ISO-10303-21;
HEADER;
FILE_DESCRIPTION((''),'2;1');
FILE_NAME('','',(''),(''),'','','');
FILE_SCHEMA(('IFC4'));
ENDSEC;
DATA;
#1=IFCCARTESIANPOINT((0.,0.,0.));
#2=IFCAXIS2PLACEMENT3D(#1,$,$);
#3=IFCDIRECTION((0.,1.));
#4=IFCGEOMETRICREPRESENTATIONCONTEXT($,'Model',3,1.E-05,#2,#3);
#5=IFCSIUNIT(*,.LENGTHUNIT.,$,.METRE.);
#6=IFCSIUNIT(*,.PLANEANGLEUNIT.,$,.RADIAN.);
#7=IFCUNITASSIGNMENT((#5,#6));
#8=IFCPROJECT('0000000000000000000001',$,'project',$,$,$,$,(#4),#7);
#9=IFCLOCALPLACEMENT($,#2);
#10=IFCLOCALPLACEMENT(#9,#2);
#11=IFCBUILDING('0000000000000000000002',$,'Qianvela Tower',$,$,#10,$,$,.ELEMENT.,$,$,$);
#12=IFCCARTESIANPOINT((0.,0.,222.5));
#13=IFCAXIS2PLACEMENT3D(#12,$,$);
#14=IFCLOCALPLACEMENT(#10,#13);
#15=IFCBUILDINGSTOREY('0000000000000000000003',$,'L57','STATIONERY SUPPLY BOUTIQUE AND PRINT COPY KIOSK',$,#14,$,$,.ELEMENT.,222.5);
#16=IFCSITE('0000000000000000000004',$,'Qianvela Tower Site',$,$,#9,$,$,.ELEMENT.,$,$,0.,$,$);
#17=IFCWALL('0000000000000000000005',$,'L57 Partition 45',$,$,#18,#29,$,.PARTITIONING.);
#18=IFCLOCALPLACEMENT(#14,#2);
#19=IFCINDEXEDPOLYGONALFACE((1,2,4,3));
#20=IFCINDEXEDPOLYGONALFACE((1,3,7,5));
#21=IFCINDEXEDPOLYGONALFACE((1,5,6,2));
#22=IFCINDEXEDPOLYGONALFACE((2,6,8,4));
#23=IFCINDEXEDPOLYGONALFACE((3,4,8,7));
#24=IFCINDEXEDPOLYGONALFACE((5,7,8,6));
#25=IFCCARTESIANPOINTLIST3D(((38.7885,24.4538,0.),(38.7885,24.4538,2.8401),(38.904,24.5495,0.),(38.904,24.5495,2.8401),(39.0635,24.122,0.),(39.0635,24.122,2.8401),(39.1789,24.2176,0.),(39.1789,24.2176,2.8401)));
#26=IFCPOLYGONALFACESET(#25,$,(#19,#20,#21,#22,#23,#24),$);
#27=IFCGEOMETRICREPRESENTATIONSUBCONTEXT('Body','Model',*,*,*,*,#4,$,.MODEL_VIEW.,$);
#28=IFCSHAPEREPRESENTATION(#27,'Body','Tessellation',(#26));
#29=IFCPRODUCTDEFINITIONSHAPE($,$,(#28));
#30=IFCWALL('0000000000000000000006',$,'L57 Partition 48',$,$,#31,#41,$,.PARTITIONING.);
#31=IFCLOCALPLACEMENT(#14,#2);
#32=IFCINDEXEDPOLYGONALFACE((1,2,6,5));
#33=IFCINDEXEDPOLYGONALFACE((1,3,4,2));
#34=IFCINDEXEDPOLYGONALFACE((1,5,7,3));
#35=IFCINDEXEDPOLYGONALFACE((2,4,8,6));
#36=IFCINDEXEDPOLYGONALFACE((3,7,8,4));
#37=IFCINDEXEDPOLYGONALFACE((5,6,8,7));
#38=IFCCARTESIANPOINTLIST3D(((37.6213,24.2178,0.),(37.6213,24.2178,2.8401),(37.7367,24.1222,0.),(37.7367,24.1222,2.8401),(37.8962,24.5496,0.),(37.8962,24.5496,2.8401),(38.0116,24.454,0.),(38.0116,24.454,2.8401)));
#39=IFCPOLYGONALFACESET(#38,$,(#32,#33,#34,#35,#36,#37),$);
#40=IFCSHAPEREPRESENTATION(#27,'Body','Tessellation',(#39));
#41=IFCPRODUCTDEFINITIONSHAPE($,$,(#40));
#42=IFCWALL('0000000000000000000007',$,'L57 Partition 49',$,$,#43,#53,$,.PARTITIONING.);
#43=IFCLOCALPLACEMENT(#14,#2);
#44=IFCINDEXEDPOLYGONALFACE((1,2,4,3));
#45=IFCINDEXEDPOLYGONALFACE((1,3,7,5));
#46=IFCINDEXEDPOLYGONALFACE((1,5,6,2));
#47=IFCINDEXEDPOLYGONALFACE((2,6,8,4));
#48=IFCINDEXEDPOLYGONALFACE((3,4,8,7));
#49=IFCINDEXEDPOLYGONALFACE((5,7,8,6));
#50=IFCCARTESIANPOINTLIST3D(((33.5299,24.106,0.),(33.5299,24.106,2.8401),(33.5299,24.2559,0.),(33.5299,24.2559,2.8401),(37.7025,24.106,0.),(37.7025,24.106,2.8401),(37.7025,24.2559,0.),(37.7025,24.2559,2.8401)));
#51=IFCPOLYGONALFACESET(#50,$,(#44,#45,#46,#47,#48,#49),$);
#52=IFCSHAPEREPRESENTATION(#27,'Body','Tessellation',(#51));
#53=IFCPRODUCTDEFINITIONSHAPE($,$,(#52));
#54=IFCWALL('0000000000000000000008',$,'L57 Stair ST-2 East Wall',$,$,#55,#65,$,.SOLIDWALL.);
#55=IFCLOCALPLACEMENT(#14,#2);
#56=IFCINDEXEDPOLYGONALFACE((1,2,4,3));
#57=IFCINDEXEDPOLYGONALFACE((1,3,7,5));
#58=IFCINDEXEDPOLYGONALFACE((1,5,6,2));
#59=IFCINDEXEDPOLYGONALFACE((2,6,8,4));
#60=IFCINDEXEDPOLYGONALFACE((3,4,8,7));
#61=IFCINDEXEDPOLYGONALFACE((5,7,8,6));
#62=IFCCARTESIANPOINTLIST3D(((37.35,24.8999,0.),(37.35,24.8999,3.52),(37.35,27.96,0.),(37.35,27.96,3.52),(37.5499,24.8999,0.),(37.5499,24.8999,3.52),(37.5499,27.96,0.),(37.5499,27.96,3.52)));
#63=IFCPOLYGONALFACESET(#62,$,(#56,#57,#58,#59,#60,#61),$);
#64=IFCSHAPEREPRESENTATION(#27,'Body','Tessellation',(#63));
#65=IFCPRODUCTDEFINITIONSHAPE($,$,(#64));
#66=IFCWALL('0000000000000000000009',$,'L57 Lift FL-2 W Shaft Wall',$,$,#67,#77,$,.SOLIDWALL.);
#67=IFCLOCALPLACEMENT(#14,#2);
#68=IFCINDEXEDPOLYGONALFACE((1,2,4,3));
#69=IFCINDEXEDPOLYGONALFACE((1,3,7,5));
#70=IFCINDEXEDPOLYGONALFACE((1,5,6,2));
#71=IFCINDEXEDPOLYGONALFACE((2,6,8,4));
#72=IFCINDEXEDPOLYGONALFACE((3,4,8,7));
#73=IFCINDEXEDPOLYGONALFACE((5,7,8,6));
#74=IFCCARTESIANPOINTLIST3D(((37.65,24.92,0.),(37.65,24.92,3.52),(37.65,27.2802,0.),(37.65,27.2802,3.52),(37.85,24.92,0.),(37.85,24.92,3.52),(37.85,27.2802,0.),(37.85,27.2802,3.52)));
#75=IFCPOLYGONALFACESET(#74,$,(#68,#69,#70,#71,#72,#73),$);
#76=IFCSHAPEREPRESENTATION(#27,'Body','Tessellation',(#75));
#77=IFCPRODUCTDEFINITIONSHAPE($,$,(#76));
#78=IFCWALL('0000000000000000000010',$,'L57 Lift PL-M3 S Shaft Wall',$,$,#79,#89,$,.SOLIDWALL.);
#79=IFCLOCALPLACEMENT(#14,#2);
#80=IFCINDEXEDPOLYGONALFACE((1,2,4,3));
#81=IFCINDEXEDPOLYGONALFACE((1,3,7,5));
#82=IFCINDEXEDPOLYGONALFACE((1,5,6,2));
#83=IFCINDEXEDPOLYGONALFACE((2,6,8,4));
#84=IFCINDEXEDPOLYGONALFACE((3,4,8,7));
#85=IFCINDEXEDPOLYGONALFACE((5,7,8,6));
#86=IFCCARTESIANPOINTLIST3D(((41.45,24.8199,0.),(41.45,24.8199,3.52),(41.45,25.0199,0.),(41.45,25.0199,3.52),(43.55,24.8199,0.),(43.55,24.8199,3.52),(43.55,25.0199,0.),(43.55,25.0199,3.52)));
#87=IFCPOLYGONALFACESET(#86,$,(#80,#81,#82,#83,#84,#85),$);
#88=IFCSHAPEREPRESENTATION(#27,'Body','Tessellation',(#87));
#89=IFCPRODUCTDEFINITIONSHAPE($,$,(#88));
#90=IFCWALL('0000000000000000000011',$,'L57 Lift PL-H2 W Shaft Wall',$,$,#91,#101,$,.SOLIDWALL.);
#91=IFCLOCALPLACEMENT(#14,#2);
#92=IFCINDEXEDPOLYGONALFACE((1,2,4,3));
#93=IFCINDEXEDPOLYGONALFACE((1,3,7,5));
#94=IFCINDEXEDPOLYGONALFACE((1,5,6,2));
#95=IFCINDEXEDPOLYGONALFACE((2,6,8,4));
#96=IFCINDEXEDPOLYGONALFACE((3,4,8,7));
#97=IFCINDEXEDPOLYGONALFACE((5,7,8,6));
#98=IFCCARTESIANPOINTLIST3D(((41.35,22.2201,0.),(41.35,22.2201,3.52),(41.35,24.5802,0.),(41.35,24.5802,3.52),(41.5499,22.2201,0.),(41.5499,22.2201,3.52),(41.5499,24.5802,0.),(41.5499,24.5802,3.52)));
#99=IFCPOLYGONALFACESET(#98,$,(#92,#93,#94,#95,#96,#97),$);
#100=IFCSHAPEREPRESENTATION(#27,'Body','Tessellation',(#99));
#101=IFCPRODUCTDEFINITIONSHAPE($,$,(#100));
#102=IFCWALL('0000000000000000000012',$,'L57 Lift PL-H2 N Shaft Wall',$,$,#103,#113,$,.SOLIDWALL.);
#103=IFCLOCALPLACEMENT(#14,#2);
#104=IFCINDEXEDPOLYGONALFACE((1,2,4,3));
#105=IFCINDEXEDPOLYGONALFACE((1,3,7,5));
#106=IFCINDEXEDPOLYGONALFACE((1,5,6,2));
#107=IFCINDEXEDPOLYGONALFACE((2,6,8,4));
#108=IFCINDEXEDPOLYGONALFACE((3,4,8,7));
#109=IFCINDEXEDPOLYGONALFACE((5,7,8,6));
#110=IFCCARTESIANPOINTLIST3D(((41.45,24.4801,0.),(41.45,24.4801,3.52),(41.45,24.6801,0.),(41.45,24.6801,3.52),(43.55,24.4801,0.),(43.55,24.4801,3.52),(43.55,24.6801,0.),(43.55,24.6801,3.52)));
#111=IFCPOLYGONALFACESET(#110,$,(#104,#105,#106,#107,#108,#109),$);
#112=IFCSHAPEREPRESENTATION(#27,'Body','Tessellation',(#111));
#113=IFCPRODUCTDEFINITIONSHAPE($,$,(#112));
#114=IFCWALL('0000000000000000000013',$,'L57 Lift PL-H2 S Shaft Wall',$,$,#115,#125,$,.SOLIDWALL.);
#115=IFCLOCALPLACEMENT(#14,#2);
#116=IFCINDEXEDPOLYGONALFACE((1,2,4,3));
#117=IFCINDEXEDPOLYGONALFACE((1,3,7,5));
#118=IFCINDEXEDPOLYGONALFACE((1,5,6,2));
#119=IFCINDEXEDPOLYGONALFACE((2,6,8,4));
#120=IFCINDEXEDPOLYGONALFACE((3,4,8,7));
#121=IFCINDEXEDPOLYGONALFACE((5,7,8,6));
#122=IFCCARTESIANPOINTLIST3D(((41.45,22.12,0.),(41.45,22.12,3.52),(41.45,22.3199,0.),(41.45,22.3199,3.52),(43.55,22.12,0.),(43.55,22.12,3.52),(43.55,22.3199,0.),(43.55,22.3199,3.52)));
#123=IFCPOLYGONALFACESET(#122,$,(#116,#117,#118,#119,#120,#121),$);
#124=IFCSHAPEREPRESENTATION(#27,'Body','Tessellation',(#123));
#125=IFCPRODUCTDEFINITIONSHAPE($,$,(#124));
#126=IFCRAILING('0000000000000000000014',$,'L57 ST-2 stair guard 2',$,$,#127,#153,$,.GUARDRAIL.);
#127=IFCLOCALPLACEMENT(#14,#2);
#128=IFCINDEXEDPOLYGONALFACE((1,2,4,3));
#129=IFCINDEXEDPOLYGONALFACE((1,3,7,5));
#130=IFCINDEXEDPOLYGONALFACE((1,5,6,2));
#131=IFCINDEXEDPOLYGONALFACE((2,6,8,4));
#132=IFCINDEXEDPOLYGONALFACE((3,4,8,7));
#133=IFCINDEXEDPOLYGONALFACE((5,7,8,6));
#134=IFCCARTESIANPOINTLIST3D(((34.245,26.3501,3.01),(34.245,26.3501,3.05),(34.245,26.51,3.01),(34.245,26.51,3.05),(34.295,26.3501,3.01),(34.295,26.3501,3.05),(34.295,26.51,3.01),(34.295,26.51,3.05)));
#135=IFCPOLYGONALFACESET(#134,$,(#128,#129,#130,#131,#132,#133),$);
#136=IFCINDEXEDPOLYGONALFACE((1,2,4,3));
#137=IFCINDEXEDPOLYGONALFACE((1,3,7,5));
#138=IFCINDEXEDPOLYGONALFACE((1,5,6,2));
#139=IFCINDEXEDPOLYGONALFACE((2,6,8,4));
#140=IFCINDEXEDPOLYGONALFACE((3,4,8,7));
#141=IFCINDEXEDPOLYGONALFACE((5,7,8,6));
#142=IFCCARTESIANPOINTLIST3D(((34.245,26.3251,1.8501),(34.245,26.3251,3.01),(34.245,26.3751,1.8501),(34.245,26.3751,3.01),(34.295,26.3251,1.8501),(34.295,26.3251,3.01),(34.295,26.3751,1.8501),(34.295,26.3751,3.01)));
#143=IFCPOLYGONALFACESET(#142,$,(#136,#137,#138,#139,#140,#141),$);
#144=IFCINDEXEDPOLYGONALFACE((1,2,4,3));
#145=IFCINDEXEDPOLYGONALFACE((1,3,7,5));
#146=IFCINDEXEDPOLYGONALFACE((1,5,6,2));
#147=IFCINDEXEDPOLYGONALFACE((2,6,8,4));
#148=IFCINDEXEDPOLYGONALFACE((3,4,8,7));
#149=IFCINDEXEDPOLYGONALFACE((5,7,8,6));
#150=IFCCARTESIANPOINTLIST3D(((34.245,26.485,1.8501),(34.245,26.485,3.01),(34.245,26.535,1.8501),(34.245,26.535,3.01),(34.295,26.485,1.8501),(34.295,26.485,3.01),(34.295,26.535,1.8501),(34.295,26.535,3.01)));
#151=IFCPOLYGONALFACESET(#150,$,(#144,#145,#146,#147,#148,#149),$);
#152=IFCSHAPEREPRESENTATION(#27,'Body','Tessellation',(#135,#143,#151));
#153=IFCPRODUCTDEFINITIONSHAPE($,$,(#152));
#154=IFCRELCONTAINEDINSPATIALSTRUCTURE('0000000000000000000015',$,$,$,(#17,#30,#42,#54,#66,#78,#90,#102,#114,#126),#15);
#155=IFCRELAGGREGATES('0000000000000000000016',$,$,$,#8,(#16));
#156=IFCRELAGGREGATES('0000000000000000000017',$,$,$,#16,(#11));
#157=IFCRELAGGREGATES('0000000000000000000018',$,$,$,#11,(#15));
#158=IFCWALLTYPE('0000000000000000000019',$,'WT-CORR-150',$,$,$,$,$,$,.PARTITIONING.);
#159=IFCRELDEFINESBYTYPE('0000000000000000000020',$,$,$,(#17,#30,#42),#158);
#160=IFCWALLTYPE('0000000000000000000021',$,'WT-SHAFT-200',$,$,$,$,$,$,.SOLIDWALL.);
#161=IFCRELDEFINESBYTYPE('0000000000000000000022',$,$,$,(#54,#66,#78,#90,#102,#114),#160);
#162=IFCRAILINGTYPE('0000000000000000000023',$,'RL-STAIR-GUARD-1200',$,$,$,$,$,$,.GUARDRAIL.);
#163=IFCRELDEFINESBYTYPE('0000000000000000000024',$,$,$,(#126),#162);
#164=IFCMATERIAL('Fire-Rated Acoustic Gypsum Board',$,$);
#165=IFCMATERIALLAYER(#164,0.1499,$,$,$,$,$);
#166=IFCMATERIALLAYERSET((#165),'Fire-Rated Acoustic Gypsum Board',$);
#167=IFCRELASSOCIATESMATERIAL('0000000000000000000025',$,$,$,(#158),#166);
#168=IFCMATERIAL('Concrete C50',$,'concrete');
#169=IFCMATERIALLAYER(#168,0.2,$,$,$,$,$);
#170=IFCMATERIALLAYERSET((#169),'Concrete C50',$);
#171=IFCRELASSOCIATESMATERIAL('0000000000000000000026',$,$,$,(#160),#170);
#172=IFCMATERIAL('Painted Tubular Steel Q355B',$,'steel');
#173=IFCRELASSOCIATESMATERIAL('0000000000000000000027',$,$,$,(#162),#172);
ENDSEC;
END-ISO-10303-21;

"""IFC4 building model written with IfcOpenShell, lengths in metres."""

from ifc_helpers import new_model, si_unit, direction, frame, frame_2d, origin, origin_2d, place, context, subcontext, project, spatial, rectangle, extrude, material, layer, layer_set, type_object, element, save


model = new_model("IFC4")

# Units and contexts
model_context = context("Model", 3, precision=1e-05, world=origin(), true_north=direction((0.0, 1.0)))
body_context = subcontext(model_context, "Body", "Model", "MODEL_VIEW")
ifc_project = project(units=[si_unit("LENGTHUNIT", "METRE"), si_unit("PLANEANGLEUNIT", "RADIAN")], contexts=[model_context])

# Site, building, storey
site_placement = place(None, origin())
site = spatial("IfcSite", under=ifc_project, at=site_placement, Name="Qianvela Tower Site", CompositionType="ELEMENT", RefElevation=0.0)
building_placement = place(site_placement, origin())
building = spatial("IfcBuilding", under=site, at=building_placement, Name="Qianvela Tower", CompositionType="ELEMENT")
storey_placement = place(building_placement, frame((0.0, 0.0, 222.5)))
storey = spatial("IfcBuildingStorey", under=building, at=storey_placement, Name="L57", Description="STATIONERY SUPPLY BOUTIQUE AND PRINT COPY KIOSK", CompositionType="ELEMENT", Elevation=222.5)

# Walls
ifc_material_1 = material(Name="Fire-Rated Acoustic Gypsum Board")
ifc_layer_1 = layer(ifc_material_1, 0.1499)
ifc_layer_set_1 = layer_set([ifc_layer_1], Name="Fire-Rated Acoustic Gypsum Board")
wall_type_1 = type_object("IfcWallType", Name="WT-CORR-150", PredefinedType="PARTITIONING", material=ifc_layer_set_1)
for number, where, z_axis, x_axis, name in (
    (1, (39.1211, 24.1699, 0.0), (0.0, 0.0, 1.0), (-0.638008, 0.77003, 0.0), "L57 Partition 45"),
    (2, (37.9539, 24.5017, 0.0), (0.0, 0.0, 1.0), (-0.638008, -0.77003, 0.0), "L57 Partition 48"),
):
    element("IfcWall", number, at=place(storey_placement, frame(where, z_axis=z_axis, x_axis=x_axis)), inside=storey, type_object=wall_type_1, Name=name, PredefinedType="PARTITIONING", context=body_context, shape_type="SweptSolid", body=[
        extrude(rectangle(XDim=0.4309, YDim=0.1499, at=frame_2d((0.2153, 0.0))), origin(), (0.0, 0.0, 1.0), 2.8401),
    ])
wall_1_placement = place(storey_placement, frame((37.7026, 24.1809, 0.0), z_axis=(0.0, 0.0, 1.0), x_axis=(-1.0, 0.0, 0.0)))
element("IfcWall", 3, at=wall_1_placement, inside=storey, type_object=wall_type_1, Name="L57 Partition 49", PredefinedType="PARTITIONING", context=body_context, shape_type="SweptSolid", body=[
    extrude(rectangle(XDim=4.1726, YDim=0.1499, at=frame_2d((2.0864, 0.0))), origin(), (0.0, 0.0, 1.0), 2.8401),
])
ifc_material_2 = material(Name="Concrete C50", Category="concrete")
ifc_layer_2 = layer(ifc_material_2, 0.2)
ifc_layer_set_2 = layer_set([ifc_layer_2], Name="Concrete C50")
wall_type_2 = type_object("IfcWallType", Name="WT-SHAFT-200", PredefinedType="SOLIDWALL", material=ifc_layer_set_2)
wall_2_placement = place(storey_placement, frame((37.45, 24.8999, 0.0), z_axis=(0.0, 0.0, 1.0), x_axis=(0.0, 1.0, 0.0)))
element("IfcWall", 4, at=wall_2_placement, inside=storey, type_object=wall_type_2, Name="L57 Stair ST-2 East Wall", PredefinedType="SOLIDWALL", context=body_context, shape_type="SweptSolid", body=[
    extrude(rectangle(XDim=3.0601, YDim=0.2, at=frame_2d((1.53, 0.0))), origin(), (0.0, 0.0, 1.0), 3.52),
])

# Wall
wall_3_placement = place(storey_placement, frame((37.75, 24.9199, 0.0), z_axis=(0.0, 0.0, 1.0), x_axis=(0.0, 1.0, 0.0)))
element("IfcWall", 5, at=wall_3_placement, inside=storey, type_object=wall_type_2, Name="L57 Lift FL-2 W Shaft Wall", PredefinedType="SOLIDWALL", context=body_context, shape_type="SweptSolid", body=[
    extrude(rectangle(XDim=2.3601, YDim=0.2, at=frame_2d((1.1802, 0.0))), origin(), (0.0, 0.0, 1.0), 3.52),
])

# Walls
wall_4_placement = place(storey_placement, frame((41.45, 24.9199, 0.0), z_axis=(0.0, 0.0, 1.0), x_axis=(1.0, 0.0, 0.0)))
element("IfcWall", 6, at=wall_4_placement, inside=storey, type_object=wall_type_2, Name="L57 Lift PL-M3 S Shaft Wall", PredefinedType="SOLIDWALL", context=body_context, shape_type="SweptSolid", body=[
    extrude(rectangle(XDim=2.1001, YDim=0.2, at=frame_2d((1.05, 0.0))), origin(), (0.0, 0.0, 1.0), 3.52),
])
wall_5_placement = place(storey_placement, frame((41.45, 22.22, 0.0), z_axis=(0.0, 0.0, 1.0), x_axis=(0.0, 1.0, 0.0)))
element("IfcWall", 7, at=wall_5_placement, inside=storey, type_object=wall_type_2, Name="L57 Lift PL-H2 W Shaft Wall", PredefinedType="SOLIDWALL", context=body_context, shape_type="SweptSolid", body=[
    extrude(rectangle(XDim=2.3601, YDim=0.2, at=frame_2d((1.1802, 0.0))), origin(), (0.0, 0.0, 1.0), 3.52),
])
for number, where, z_axis, x_axis, name in (
    (8, (41.45, 24.5801, 0.0), (0.0, 0.0, 1.0), (1.0, 0.0, 0.0), "L57 Lift PL-H2 N Shaft Wall"),
    (9, (41.45, 22.22, 0.0), (0.0, 0.0, 1.0), (1.0, 0.0, 0.0), "L57 Lift PL-H2 S Shaft Wall"),
):
    element("IfcWall", number, at=place(storey_placement, frame(where, z_axis=z_axis, x_axis=x_axis)), inside=storey, type_object=wall_type_2, Name=name, PredefinedType="SOLIDWALL", context=body_context, shape_type="SweptSolid", body=[
        extrude(rectangle(XDim=2.1001, YDim=0.2, at=frame_2d((1.05, 0.0))), origin(), (0.0, 0.0, 1.0), 3.52),
    ])

# Railing
ifc_material_3 = material(Name="Painted Tubular Steel Q355B", Category="steel")
railing_type = type_object("IfcRailingType", Name="RL-STAIR-GUARD-1200", PredefinedType="GUARDRAIL", material=ifc_material_3)
railing_placement = place(storey_placement, frame((34.27, 26.3501, 1.8501)))
element("IfcRailing", 10, at=railing_placement, inside=storey, type_object=railing_type, Name="L57 ST-2 stair guard 2", PredefinedType="GUARDRAIL", context=body_context, shape_type="SweptSolid", body=[
    extrude(rectangle(XDim=0.05, YDim=0.04, at=origin_2d()), frame((0.0, 0.0, 1.1799), z_axis=(0.0, 1.0, 0.0), x_axis=(-1.0, 0.0, 0.0)), (0.0, 0.0, 1.0), 0.1599),
    extrude(rectangle(XDim=0.05, YDim=0.05, at=origin_2d()), origin(), (0.0, 0.0, 1.0), 1.1599),
    extrude(rectangle(XDim=0.05, YDim=0.05, at=origin_2d()), frame((0.0, 0.1599, 0.0)), (0.0, 0.0, 1.0), 1.1599),
])

save(model, "model.ifc")
